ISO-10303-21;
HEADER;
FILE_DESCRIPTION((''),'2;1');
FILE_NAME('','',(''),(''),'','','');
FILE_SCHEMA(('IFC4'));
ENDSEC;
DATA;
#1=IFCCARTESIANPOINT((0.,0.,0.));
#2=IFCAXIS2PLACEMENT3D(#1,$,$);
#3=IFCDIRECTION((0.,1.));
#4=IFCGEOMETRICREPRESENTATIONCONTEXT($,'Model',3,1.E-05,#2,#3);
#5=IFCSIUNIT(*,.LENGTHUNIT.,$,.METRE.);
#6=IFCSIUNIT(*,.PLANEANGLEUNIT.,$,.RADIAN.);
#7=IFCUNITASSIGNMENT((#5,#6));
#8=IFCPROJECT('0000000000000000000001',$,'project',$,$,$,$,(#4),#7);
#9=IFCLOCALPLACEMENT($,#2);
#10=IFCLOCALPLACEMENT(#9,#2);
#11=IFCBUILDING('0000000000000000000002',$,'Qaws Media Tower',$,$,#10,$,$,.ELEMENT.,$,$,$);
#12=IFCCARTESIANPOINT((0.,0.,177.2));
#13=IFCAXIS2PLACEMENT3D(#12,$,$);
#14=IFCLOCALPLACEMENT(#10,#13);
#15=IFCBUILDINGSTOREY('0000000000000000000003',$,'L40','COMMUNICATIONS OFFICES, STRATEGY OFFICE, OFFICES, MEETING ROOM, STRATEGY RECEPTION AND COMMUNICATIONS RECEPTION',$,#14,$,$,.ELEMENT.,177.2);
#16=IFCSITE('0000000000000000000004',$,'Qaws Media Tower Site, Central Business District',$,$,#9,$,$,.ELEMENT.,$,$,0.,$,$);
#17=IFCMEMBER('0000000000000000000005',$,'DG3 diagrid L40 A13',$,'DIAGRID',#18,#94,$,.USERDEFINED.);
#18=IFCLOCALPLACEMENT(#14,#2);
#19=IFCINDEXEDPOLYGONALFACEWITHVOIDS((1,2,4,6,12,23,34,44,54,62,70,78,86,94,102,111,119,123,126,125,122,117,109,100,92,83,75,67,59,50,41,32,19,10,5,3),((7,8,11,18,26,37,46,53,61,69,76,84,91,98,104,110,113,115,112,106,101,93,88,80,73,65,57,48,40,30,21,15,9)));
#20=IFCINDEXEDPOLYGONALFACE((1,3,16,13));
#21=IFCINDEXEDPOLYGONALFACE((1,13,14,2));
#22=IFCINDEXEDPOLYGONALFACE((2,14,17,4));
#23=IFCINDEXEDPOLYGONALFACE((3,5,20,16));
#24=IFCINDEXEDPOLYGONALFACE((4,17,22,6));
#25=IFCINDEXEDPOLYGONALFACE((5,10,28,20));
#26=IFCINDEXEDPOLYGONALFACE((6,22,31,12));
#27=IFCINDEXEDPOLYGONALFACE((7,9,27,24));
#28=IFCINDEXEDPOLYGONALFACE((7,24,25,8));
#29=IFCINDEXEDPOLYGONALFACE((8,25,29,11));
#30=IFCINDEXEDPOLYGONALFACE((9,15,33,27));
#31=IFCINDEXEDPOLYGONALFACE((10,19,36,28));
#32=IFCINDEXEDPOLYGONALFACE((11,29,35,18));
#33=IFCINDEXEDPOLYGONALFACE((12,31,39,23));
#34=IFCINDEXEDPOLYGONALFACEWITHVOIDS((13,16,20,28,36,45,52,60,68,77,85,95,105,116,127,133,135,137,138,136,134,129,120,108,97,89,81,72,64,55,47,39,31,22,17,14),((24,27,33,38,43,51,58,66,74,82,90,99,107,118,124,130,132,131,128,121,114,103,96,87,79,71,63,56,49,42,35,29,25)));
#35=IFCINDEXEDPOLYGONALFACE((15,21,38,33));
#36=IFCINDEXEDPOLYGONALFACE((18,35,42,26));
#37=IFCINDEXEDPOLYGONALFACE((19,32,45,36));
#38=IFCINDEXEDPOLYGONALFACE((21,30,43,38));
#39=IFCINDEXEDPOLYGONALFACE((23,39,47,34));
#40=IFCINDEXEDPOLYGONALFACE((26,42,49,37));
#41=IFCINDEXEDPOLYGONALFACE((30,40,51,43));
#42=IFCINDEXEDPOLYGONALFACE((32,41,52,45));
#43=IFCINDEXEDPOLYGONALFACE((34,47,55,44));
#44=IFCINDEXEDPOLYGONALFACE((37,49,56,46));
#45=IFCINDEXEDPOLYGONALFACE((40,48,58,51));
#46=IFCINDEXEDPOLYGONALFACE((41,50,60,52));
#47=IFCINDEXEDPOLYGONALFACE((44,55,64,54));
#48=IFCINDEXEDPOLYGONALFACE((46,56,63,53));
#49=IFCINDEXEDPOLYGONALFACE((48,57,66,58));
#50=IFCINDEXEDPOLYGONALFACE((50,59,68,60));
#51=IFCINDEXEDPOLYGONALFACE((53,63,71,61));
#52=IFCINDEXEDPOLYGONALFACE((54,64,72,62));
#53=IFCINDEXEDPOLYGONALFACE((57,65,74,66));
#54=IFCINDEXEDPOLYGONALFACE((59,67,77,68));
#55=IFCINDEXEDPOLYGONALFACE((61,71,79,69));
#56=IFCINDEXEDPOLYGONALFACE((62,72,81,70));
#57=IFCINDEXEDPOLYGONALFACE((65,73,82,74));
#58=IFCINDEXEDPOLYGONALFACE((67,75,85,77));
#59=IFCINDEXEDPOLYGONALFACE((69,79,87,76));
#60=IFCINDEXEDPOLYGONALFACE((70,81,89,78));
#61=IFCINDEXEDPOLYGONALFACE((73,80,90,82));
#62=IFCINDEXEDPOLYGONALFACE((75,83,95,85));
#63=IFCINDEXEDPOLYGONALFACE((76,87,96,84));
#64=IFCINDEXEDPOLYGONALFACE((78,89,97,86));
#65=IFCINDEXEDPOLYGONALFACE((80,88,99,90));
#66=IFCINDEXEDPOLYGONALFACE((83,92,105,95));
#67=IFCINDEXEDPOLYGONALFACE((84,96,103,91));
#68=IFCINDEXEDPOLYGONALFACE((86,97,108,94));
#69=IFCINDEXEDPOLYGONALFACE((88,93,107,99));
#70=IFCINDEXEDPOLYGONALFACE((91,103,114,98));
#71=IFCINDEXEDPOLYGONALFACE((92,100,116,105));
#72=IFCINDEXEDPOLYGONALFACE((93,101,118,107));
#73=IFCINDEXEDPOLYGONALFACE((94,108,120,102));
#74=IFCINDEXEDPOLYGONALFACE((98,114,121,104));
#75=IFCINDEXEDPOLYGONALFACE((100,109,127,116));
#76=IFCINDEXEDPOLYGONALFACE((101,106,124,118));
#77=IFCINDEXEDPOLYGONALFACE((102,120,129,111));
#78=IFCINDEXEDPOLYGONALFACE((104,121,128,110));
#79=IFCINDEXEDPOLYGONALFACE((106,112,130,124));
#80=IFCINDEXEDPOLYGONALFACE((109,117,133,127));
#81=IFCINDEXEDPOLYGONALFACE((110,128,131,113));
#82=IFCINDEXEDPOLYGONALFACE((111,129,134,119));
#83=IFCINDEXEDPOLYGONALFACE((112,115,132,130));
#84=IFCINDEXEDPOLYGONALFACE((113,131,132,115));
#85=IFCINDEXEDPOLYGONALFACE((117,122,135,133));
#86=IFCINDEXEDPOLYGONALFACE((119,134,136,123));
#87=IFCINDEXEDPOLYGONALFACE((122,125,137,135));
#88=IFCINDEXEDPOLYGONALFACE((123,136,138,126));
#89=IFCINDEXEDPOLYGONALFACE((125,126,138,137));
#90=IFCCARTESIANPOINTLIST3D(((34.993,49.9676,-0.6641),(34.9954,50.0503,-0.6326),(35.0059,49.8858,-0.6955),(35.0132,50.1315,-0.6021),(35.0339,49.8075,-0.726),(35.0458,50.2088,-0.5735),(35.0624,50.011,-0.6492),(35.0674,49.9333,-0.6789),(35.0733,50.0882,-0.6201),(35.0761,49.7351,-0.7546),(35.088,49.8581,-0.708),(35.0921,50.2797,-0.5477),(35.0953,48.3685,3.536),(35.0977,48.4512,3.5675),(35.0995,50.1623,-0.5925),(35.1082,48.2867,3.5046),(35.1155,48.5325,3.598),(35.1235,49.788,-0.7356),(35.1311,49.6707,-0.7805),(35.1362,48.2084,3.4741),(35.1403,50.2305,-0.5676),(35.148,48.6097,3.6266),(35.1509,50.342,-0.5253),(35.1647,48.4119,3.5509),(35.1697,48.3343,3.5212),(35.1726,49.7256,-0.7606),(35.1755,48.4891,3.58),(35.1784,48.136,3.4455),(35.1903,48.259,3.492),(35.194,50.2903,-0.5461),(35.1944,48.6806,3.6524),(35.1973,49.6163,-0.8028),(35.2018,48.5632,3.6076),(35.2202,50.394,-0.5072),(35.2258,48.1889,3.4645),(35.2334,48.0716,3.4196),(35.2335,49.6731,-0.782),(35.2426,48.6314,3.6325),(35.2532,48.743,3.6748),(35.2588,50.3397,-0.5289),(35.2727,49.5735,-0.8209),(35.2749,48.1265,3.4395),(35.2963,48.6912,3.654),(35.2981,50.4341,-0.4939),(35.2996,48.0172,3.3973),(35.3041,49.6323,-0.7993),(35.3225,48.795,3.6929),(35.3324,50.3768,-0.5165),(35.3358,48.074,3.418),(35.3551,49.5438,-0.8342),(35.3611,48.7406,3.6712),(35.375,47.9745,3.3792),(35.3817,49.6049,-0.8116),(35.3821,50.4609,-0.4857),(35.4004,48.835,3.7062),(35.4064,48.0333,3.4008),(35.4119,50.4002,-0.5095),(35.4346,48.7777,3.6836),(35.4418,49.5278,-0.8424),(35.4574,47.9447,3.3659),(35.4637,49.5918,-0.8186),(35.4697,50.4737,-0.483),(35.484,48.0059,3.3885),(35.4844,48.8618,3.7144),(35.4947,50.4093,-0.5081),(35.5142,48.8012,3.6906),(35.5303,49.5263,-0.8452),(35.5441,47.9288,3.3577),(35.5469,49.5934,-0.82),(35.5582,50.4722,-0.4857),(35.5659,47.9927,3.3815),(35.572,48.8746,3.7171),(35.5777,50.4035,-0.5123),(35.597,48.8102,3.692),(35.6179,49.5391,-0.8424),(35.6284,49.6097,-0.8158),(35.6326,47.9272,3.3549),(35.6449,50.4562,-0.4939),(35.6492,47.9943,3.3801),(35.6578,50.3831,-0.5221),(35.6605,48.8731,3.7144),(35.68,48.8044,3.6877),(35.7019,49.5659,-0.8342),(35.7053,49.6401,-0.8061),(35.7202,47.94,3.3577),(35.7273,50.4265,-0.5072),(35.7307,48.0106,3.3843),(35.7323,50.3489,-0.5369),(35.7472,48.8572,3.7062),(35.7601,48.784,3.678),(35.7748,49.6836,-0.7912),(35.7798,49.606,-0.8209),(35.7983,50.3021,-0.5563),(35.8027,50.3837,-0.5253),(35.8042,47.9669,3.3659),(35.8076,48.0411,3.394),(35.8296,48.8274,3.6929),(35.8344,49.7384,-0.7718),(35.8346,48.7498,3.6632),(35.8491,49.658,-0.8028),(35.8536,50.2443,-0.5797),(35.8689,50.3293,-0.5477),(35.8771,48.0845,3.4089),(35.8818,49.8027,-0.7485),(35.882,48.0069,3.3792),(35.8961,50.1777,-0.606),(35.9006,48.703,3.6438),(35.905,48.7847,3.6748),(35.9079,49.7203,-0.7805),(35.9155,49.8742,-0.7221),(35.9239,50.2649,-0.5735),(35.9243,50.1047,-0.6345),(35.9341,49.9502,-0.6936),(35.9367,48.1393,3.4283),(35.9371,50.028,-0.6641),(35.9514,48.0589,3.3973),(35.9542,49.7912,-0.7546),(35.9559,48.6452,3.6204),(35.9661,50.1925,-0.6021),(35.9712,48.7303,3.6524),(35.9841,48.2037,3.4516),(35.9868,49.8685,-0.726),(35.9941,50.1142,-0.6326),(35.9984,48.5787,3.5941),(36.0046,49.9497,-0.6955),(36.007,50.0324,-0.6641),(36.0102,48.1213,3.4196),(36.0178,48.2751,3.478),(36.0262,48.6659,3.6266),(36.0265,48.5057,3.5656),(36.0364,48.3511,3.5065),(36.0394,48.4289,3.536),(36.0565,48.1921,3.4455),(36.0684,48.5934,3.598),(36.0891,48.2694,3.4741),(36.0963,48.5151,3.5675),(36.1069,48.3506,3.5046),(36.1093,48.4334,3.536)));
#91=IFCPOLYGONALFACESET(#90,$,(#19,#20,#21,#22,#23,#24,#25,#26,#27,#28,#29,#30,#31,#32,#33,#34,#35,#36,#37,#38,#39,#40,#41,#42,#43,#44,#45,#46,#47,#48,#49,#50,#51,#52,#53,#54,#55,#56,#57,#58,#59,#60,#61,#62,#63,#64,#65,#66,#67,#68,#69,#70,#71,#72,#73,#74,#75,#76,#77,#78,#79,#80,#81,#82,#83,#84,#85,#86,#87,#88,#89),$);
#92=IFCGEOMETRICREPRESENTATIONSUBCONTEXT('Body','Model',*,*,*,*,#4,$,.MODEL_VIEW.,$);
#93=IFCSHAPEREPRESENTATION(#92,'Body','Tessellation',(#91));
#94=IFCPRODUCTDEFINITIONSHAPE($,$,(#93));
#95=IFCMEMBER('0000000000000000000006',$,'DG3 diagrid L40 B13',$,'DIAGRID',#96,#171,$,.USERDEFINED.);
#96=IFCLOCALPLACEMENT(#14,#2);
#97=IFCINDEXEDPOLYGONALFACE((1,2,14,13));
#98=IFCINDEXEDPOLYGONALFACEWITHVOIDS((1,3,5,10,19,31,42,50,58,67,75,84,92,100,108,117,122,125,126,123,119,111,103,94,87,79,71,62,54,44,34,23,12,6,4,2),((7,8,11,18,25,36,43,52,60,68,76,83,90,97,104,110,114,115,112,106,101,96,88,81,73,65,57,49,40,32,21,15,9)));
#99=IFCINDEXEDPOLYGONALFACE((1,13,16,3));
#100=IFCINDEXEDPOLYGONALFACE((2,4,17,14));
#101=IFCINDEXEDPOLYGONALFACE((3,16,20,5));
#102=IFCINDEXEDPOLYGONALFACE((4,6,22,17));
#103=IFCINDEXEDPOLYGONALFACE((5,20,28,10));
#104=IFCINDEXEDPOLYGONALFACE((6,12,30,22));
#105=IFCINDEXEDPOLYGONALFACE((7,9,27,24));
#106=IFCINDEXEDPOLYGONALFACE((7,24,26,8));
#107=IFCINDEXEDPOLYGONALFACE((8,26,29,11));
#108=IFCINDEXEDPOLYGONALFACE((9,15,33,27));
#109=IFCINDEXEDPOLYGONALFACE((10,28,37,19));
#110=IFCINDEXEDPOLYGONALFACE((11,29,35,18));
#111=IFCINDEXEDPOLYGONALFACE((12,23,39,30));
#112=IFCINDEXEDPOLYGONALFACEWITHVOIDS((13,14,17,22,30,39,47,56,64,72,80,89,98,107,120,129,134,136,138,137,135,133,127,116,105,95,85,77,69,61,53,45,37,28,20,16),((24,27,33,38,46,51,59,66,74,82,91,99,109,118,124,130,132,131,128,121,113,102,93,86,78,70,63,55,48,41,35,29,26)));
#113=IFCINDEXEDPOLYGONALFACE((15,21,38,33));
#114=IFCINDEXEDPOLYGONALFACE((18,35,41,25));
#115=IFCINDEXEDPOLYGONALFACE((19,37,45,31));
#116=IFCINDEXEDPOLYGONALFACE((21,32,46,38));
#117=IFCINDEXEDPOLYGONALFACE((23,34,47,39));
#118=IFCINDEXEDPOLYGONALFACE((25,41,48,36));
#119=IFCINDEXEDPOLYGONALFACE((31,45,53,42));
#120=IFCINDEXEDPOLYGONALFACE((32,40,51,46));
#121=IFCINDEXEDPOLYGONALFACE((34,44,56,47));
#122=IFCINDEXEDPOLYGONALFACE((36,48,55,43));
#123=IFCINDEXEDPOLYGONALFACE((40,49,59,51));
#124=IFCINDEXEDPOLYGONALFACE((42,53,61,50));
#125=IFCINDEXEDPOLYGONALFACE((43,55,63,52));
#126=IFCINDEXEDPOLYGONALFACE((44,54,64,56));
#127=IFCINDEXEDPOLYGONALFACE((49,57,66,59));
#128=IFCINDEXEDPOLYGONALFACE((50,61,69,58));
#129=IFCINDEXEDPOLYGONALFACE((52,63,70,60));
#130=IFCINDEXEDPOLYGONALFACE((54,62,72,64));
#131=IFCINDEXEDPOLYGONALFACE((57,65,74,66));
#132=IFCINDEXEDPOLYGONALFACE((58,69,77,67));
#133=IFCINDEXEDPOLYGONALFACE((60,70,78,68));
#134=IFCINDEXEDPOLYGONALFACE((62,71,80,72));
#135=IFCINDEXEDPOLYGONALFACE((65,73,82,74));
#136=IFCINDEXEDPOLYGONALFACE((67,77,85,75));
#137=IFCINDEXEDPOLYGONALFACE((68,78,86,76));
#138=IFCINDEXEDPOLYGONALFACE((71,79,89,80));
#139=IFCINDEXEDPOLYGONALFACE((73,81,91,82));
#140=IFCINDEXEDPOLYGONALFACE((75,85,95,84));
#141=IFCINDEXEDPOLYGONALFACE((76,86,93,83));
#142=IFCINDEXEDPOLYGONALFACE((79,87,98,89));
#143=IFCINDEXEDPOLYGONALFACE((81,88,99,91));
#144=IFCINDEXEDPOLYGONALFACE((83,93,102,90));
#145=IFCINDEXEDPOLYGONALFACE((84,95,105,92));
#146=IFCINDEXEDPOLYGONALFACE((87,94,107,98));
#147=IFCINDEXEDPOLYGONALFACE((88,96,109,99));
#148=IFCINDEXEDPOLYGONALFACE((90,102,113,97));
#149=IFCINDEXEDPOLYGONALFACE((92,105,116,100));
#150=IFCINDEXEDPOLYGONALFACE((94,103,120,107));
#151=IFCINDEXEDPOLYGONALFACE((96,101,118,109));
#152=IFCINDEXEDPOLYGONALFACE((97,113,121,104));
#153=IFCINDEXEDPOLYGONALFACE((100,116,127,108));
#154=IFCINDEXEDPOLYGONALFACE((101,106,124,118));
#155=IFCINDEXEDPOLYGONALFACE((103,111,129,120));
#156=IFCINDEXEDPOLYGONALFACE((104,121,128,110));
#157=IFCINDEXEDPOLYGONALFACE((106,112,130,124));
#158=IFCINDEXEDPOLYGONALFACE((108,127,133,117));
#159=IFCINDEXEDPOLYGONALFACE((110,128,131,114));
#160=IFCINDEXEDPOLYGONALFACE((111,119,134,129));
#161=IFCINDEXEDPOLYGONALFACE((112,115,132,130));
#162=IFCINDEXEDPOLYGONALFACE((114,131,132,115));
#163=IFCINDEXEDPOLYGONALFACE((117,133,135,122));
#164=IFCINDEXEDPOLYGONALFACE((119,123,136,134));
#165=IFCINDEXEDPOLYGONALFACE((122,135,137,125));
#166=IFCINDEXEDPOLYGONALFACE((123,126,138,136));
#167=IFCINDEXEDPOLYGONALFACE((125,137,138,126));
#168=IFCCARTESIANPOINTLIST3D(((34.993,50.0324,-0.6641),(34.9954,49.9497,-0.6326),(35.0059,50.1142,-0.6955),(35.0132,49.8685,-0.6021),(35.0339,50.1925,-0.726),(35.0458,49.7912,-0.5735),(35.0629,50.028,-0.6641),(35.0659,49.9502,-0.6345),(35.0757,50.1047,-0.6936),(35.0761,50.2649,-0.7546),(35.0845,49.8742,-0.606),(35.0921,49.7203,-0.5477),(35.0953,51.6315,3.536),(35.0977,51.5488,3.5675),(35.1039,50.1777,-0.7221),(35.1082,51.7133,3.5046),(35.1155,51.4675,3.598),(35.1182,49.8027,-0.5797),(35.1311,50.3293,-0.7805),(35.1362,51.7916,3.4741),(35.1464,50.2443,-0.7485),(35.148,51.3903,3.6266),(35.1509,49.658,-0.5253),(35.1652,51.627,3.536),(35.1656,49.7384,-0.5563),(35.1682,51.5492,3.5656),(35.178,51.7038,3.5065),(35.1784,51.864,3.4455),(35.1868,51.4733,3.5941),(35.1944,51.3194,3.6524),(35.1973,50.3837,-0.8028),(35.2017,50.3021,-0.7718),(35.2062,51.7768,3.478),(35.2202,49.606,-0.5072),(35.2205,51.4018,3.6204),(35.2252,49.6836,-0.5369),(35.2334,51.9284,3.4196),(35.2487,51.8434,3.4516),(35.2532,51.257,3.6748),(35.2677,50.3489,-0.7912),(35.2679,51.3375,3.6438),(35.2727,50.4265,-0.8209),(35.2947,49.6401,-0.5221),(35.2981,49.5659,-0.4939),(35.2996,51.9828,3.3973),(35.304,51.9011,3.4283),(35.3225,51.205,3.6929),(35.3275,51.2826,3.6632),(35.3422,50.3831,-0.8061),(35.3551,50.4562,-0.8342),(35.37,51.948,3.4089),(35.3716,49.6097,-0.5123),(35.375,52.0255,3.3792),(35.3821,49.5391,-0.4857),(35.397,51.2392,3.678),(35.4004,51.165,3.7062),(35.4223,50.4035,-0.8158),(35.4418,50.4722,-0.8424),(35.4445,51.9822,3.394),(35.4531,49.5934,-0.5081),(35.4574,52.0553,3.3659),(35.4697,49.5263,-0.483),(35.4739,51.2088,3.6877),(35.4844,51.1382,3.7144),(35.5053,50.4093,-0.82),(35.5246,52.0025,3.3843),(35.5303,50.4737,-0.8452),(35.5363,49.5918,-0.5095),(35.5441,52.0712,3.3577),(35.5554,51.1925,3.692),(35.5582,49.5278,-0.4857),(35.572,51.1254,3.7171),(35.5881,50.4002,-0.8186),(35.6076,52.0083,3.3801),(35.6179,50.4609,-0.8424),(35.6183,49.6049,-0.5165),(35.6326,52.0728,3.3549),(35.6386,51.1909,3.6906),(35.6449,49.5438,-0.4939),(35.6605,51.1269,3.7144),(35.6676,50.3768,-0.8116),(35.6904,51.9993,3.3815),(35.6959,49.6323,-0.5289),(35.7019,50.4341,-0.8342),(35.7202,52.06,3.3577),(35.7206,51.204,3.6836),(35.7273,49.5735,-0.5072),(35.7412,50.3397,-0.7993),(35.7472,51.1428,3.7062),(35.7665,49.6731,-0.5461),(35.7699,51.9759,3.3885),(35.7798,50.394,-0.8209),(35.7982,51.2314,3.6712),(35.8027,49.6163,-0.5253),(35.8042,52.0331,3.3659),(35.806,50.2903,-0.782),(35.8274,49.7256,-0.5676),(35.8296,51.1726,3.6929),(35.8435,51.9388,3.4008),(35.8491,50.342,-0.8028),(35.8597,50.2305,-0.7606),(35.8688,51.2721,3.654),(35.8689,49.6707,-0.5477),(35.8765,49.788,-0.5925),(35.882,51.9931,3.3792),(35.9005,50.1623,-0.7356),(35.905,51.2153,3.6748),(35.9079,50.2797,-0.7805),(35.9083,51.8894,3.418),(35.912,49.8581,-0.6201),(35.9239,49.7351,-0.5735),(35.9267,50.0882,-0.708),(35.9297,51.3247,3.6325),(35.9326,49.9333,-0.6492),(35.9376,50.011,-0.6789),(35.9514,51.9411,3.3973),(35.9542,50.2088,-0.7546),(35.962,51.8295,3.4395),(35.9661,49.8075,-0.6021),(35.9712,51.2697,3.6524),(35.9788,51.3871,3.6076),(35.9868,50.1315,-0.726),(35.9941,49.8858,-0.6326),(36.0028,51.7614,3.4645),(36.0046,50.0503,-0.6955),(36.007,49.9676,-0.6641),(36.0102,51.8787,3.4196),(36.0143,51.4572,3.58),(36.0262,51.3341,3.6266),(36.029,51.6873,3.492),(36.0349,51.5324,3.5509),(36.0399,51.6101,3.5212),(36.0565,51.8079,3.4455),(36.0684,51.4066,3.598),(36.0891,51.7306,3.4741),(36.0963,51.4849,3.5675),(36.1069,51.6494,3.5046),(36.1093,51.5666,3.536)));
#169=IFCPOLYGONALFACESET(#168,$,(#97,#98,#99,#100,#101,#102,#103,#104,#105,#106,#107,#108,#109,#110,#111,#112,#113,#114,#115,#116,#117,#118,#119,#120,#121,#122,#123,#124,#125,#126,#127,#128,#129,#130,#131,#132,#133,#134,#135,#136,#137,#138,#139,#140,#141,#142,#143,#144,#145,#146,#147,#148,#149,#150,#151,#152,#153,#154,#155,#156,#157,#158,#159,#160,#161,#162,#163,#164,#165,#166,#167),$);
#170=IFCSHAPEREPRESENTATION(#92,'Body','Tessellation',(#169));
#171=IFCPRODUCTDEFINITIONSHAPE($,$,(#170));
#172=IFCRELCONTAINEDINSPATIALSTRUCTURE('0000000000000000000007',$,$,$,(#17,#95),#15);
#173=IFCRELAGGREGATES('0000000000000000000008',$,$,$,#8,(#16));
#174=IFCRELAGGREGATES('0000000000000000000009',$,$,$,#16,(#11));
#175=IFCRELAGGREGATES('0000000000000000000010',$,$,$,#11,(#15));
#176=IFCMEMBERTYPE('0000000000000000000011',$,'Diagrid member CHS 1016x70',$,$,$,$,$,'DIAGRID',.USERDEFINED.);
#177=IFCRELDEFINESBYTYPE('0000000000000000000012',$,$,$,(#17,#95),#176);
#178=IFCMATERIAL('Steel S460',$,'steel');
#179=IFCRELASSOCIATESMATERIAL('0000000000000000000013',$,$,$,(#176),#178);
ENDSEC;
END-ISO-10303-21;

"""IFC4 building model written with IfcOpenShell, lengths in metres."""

from ifc_helpers import new_model, si_unit, direction, frame, origin, origin_2d, place, context, subcontext, project, spatial, hollow_circle, extrude, material, material_profile, profile_set, type_object, element, save


model = new_model("IFC4")

# Units and contexts
model_context = context("Model", 3, precision=1e-05, world=origin(), true_north=direction((0.0, 1.0)))
body_context = subcontext(model_context, "Body", "Model", "MODEL_VIEW")
ifc_project = project(units=[si_unit("LENGTHUNIT", "METRE"), si_unit("PLANEANGLEUNIT", "RADIAN")], contexts=[model_context])

# Site, building, storey
site_placement = place(None, origin())
site = spatial("IfcSite", under=ifc_project, at=site_placement, Name="Qaws Media Tower Site, Central Business District", CompositionType="ELEMENT", RefElevation=0.0)
building_placement = place(site_placement, origin())
building = spatial("IfcBuilding", under=site, at=building_placement, Name="Qaws Media Tower", CompositionType="ELEMENT")
storey_placement = place(building_placement, frame((0.0, 0.0, 177.2)))
storey = spatial("IfcBuildingStorey", under=building, at=storey_placement, Name="L40", Description="COMMUNICATIONS OFFICES, STRATEGY OFFICE, OFFICES, MEETING ROOM, STRATEGY RECEPTION AND COMMUNICATIONS RECEPTION", CompositionType="ELEMENT", Elevation=177.2)

# Members
ifc_material_1 = material(Name="Steel S460", Category="steel")
ifc_material_profile_1 = material_profile(ifc_material_1, hollow_circle(Radius=0.5081, WallThickness=0.0701, at=origin_2d()), Name="CHS 1016x70")
ifc_profile_set_1 = profile_set([ifc_material_profile_1], Name="Steel S460")
member_type_1 = type_object("IfcMemberType", Name="Diagrid member CHS 1016x70", ElementType="DIAGRID", PredefinedType="USERDEFINED", material=ifc_profile_set_1)
for number, where, z_axis, x_axis, name in (
    (1, (35.5, 50.0, -0.6641), (0.022755, -0.355718, 0.934316), (0.99796, 0.063839, 0.0), "DG3 diagrid L40 A13"),
    (2, (35.5, 50.0, -0.6641), (0.022755, 0.355718, 0.934316), (-0.99796, 0.063839, 0.0), "DG3 diagrid L40 B13"),
):
    element("IfcMember", number, at=place(storey_placement, frame(where, z_axis=z_axis, x_axis=x_axis)), inside=storey, type_object=member_type_1, Name=name, ObjectType="DIAGRID", PredefinedType="USERDEFINED", context=body_context, shape_type="SweptSolid", body=[
        extrude(hollow_circle(Radius=0.5081, WallThickness=0.0701, at=origin_2d()), origin(), (0.0, 0.0, 1.0), 4.4954),
    ])

save(model, "model.ifc")
